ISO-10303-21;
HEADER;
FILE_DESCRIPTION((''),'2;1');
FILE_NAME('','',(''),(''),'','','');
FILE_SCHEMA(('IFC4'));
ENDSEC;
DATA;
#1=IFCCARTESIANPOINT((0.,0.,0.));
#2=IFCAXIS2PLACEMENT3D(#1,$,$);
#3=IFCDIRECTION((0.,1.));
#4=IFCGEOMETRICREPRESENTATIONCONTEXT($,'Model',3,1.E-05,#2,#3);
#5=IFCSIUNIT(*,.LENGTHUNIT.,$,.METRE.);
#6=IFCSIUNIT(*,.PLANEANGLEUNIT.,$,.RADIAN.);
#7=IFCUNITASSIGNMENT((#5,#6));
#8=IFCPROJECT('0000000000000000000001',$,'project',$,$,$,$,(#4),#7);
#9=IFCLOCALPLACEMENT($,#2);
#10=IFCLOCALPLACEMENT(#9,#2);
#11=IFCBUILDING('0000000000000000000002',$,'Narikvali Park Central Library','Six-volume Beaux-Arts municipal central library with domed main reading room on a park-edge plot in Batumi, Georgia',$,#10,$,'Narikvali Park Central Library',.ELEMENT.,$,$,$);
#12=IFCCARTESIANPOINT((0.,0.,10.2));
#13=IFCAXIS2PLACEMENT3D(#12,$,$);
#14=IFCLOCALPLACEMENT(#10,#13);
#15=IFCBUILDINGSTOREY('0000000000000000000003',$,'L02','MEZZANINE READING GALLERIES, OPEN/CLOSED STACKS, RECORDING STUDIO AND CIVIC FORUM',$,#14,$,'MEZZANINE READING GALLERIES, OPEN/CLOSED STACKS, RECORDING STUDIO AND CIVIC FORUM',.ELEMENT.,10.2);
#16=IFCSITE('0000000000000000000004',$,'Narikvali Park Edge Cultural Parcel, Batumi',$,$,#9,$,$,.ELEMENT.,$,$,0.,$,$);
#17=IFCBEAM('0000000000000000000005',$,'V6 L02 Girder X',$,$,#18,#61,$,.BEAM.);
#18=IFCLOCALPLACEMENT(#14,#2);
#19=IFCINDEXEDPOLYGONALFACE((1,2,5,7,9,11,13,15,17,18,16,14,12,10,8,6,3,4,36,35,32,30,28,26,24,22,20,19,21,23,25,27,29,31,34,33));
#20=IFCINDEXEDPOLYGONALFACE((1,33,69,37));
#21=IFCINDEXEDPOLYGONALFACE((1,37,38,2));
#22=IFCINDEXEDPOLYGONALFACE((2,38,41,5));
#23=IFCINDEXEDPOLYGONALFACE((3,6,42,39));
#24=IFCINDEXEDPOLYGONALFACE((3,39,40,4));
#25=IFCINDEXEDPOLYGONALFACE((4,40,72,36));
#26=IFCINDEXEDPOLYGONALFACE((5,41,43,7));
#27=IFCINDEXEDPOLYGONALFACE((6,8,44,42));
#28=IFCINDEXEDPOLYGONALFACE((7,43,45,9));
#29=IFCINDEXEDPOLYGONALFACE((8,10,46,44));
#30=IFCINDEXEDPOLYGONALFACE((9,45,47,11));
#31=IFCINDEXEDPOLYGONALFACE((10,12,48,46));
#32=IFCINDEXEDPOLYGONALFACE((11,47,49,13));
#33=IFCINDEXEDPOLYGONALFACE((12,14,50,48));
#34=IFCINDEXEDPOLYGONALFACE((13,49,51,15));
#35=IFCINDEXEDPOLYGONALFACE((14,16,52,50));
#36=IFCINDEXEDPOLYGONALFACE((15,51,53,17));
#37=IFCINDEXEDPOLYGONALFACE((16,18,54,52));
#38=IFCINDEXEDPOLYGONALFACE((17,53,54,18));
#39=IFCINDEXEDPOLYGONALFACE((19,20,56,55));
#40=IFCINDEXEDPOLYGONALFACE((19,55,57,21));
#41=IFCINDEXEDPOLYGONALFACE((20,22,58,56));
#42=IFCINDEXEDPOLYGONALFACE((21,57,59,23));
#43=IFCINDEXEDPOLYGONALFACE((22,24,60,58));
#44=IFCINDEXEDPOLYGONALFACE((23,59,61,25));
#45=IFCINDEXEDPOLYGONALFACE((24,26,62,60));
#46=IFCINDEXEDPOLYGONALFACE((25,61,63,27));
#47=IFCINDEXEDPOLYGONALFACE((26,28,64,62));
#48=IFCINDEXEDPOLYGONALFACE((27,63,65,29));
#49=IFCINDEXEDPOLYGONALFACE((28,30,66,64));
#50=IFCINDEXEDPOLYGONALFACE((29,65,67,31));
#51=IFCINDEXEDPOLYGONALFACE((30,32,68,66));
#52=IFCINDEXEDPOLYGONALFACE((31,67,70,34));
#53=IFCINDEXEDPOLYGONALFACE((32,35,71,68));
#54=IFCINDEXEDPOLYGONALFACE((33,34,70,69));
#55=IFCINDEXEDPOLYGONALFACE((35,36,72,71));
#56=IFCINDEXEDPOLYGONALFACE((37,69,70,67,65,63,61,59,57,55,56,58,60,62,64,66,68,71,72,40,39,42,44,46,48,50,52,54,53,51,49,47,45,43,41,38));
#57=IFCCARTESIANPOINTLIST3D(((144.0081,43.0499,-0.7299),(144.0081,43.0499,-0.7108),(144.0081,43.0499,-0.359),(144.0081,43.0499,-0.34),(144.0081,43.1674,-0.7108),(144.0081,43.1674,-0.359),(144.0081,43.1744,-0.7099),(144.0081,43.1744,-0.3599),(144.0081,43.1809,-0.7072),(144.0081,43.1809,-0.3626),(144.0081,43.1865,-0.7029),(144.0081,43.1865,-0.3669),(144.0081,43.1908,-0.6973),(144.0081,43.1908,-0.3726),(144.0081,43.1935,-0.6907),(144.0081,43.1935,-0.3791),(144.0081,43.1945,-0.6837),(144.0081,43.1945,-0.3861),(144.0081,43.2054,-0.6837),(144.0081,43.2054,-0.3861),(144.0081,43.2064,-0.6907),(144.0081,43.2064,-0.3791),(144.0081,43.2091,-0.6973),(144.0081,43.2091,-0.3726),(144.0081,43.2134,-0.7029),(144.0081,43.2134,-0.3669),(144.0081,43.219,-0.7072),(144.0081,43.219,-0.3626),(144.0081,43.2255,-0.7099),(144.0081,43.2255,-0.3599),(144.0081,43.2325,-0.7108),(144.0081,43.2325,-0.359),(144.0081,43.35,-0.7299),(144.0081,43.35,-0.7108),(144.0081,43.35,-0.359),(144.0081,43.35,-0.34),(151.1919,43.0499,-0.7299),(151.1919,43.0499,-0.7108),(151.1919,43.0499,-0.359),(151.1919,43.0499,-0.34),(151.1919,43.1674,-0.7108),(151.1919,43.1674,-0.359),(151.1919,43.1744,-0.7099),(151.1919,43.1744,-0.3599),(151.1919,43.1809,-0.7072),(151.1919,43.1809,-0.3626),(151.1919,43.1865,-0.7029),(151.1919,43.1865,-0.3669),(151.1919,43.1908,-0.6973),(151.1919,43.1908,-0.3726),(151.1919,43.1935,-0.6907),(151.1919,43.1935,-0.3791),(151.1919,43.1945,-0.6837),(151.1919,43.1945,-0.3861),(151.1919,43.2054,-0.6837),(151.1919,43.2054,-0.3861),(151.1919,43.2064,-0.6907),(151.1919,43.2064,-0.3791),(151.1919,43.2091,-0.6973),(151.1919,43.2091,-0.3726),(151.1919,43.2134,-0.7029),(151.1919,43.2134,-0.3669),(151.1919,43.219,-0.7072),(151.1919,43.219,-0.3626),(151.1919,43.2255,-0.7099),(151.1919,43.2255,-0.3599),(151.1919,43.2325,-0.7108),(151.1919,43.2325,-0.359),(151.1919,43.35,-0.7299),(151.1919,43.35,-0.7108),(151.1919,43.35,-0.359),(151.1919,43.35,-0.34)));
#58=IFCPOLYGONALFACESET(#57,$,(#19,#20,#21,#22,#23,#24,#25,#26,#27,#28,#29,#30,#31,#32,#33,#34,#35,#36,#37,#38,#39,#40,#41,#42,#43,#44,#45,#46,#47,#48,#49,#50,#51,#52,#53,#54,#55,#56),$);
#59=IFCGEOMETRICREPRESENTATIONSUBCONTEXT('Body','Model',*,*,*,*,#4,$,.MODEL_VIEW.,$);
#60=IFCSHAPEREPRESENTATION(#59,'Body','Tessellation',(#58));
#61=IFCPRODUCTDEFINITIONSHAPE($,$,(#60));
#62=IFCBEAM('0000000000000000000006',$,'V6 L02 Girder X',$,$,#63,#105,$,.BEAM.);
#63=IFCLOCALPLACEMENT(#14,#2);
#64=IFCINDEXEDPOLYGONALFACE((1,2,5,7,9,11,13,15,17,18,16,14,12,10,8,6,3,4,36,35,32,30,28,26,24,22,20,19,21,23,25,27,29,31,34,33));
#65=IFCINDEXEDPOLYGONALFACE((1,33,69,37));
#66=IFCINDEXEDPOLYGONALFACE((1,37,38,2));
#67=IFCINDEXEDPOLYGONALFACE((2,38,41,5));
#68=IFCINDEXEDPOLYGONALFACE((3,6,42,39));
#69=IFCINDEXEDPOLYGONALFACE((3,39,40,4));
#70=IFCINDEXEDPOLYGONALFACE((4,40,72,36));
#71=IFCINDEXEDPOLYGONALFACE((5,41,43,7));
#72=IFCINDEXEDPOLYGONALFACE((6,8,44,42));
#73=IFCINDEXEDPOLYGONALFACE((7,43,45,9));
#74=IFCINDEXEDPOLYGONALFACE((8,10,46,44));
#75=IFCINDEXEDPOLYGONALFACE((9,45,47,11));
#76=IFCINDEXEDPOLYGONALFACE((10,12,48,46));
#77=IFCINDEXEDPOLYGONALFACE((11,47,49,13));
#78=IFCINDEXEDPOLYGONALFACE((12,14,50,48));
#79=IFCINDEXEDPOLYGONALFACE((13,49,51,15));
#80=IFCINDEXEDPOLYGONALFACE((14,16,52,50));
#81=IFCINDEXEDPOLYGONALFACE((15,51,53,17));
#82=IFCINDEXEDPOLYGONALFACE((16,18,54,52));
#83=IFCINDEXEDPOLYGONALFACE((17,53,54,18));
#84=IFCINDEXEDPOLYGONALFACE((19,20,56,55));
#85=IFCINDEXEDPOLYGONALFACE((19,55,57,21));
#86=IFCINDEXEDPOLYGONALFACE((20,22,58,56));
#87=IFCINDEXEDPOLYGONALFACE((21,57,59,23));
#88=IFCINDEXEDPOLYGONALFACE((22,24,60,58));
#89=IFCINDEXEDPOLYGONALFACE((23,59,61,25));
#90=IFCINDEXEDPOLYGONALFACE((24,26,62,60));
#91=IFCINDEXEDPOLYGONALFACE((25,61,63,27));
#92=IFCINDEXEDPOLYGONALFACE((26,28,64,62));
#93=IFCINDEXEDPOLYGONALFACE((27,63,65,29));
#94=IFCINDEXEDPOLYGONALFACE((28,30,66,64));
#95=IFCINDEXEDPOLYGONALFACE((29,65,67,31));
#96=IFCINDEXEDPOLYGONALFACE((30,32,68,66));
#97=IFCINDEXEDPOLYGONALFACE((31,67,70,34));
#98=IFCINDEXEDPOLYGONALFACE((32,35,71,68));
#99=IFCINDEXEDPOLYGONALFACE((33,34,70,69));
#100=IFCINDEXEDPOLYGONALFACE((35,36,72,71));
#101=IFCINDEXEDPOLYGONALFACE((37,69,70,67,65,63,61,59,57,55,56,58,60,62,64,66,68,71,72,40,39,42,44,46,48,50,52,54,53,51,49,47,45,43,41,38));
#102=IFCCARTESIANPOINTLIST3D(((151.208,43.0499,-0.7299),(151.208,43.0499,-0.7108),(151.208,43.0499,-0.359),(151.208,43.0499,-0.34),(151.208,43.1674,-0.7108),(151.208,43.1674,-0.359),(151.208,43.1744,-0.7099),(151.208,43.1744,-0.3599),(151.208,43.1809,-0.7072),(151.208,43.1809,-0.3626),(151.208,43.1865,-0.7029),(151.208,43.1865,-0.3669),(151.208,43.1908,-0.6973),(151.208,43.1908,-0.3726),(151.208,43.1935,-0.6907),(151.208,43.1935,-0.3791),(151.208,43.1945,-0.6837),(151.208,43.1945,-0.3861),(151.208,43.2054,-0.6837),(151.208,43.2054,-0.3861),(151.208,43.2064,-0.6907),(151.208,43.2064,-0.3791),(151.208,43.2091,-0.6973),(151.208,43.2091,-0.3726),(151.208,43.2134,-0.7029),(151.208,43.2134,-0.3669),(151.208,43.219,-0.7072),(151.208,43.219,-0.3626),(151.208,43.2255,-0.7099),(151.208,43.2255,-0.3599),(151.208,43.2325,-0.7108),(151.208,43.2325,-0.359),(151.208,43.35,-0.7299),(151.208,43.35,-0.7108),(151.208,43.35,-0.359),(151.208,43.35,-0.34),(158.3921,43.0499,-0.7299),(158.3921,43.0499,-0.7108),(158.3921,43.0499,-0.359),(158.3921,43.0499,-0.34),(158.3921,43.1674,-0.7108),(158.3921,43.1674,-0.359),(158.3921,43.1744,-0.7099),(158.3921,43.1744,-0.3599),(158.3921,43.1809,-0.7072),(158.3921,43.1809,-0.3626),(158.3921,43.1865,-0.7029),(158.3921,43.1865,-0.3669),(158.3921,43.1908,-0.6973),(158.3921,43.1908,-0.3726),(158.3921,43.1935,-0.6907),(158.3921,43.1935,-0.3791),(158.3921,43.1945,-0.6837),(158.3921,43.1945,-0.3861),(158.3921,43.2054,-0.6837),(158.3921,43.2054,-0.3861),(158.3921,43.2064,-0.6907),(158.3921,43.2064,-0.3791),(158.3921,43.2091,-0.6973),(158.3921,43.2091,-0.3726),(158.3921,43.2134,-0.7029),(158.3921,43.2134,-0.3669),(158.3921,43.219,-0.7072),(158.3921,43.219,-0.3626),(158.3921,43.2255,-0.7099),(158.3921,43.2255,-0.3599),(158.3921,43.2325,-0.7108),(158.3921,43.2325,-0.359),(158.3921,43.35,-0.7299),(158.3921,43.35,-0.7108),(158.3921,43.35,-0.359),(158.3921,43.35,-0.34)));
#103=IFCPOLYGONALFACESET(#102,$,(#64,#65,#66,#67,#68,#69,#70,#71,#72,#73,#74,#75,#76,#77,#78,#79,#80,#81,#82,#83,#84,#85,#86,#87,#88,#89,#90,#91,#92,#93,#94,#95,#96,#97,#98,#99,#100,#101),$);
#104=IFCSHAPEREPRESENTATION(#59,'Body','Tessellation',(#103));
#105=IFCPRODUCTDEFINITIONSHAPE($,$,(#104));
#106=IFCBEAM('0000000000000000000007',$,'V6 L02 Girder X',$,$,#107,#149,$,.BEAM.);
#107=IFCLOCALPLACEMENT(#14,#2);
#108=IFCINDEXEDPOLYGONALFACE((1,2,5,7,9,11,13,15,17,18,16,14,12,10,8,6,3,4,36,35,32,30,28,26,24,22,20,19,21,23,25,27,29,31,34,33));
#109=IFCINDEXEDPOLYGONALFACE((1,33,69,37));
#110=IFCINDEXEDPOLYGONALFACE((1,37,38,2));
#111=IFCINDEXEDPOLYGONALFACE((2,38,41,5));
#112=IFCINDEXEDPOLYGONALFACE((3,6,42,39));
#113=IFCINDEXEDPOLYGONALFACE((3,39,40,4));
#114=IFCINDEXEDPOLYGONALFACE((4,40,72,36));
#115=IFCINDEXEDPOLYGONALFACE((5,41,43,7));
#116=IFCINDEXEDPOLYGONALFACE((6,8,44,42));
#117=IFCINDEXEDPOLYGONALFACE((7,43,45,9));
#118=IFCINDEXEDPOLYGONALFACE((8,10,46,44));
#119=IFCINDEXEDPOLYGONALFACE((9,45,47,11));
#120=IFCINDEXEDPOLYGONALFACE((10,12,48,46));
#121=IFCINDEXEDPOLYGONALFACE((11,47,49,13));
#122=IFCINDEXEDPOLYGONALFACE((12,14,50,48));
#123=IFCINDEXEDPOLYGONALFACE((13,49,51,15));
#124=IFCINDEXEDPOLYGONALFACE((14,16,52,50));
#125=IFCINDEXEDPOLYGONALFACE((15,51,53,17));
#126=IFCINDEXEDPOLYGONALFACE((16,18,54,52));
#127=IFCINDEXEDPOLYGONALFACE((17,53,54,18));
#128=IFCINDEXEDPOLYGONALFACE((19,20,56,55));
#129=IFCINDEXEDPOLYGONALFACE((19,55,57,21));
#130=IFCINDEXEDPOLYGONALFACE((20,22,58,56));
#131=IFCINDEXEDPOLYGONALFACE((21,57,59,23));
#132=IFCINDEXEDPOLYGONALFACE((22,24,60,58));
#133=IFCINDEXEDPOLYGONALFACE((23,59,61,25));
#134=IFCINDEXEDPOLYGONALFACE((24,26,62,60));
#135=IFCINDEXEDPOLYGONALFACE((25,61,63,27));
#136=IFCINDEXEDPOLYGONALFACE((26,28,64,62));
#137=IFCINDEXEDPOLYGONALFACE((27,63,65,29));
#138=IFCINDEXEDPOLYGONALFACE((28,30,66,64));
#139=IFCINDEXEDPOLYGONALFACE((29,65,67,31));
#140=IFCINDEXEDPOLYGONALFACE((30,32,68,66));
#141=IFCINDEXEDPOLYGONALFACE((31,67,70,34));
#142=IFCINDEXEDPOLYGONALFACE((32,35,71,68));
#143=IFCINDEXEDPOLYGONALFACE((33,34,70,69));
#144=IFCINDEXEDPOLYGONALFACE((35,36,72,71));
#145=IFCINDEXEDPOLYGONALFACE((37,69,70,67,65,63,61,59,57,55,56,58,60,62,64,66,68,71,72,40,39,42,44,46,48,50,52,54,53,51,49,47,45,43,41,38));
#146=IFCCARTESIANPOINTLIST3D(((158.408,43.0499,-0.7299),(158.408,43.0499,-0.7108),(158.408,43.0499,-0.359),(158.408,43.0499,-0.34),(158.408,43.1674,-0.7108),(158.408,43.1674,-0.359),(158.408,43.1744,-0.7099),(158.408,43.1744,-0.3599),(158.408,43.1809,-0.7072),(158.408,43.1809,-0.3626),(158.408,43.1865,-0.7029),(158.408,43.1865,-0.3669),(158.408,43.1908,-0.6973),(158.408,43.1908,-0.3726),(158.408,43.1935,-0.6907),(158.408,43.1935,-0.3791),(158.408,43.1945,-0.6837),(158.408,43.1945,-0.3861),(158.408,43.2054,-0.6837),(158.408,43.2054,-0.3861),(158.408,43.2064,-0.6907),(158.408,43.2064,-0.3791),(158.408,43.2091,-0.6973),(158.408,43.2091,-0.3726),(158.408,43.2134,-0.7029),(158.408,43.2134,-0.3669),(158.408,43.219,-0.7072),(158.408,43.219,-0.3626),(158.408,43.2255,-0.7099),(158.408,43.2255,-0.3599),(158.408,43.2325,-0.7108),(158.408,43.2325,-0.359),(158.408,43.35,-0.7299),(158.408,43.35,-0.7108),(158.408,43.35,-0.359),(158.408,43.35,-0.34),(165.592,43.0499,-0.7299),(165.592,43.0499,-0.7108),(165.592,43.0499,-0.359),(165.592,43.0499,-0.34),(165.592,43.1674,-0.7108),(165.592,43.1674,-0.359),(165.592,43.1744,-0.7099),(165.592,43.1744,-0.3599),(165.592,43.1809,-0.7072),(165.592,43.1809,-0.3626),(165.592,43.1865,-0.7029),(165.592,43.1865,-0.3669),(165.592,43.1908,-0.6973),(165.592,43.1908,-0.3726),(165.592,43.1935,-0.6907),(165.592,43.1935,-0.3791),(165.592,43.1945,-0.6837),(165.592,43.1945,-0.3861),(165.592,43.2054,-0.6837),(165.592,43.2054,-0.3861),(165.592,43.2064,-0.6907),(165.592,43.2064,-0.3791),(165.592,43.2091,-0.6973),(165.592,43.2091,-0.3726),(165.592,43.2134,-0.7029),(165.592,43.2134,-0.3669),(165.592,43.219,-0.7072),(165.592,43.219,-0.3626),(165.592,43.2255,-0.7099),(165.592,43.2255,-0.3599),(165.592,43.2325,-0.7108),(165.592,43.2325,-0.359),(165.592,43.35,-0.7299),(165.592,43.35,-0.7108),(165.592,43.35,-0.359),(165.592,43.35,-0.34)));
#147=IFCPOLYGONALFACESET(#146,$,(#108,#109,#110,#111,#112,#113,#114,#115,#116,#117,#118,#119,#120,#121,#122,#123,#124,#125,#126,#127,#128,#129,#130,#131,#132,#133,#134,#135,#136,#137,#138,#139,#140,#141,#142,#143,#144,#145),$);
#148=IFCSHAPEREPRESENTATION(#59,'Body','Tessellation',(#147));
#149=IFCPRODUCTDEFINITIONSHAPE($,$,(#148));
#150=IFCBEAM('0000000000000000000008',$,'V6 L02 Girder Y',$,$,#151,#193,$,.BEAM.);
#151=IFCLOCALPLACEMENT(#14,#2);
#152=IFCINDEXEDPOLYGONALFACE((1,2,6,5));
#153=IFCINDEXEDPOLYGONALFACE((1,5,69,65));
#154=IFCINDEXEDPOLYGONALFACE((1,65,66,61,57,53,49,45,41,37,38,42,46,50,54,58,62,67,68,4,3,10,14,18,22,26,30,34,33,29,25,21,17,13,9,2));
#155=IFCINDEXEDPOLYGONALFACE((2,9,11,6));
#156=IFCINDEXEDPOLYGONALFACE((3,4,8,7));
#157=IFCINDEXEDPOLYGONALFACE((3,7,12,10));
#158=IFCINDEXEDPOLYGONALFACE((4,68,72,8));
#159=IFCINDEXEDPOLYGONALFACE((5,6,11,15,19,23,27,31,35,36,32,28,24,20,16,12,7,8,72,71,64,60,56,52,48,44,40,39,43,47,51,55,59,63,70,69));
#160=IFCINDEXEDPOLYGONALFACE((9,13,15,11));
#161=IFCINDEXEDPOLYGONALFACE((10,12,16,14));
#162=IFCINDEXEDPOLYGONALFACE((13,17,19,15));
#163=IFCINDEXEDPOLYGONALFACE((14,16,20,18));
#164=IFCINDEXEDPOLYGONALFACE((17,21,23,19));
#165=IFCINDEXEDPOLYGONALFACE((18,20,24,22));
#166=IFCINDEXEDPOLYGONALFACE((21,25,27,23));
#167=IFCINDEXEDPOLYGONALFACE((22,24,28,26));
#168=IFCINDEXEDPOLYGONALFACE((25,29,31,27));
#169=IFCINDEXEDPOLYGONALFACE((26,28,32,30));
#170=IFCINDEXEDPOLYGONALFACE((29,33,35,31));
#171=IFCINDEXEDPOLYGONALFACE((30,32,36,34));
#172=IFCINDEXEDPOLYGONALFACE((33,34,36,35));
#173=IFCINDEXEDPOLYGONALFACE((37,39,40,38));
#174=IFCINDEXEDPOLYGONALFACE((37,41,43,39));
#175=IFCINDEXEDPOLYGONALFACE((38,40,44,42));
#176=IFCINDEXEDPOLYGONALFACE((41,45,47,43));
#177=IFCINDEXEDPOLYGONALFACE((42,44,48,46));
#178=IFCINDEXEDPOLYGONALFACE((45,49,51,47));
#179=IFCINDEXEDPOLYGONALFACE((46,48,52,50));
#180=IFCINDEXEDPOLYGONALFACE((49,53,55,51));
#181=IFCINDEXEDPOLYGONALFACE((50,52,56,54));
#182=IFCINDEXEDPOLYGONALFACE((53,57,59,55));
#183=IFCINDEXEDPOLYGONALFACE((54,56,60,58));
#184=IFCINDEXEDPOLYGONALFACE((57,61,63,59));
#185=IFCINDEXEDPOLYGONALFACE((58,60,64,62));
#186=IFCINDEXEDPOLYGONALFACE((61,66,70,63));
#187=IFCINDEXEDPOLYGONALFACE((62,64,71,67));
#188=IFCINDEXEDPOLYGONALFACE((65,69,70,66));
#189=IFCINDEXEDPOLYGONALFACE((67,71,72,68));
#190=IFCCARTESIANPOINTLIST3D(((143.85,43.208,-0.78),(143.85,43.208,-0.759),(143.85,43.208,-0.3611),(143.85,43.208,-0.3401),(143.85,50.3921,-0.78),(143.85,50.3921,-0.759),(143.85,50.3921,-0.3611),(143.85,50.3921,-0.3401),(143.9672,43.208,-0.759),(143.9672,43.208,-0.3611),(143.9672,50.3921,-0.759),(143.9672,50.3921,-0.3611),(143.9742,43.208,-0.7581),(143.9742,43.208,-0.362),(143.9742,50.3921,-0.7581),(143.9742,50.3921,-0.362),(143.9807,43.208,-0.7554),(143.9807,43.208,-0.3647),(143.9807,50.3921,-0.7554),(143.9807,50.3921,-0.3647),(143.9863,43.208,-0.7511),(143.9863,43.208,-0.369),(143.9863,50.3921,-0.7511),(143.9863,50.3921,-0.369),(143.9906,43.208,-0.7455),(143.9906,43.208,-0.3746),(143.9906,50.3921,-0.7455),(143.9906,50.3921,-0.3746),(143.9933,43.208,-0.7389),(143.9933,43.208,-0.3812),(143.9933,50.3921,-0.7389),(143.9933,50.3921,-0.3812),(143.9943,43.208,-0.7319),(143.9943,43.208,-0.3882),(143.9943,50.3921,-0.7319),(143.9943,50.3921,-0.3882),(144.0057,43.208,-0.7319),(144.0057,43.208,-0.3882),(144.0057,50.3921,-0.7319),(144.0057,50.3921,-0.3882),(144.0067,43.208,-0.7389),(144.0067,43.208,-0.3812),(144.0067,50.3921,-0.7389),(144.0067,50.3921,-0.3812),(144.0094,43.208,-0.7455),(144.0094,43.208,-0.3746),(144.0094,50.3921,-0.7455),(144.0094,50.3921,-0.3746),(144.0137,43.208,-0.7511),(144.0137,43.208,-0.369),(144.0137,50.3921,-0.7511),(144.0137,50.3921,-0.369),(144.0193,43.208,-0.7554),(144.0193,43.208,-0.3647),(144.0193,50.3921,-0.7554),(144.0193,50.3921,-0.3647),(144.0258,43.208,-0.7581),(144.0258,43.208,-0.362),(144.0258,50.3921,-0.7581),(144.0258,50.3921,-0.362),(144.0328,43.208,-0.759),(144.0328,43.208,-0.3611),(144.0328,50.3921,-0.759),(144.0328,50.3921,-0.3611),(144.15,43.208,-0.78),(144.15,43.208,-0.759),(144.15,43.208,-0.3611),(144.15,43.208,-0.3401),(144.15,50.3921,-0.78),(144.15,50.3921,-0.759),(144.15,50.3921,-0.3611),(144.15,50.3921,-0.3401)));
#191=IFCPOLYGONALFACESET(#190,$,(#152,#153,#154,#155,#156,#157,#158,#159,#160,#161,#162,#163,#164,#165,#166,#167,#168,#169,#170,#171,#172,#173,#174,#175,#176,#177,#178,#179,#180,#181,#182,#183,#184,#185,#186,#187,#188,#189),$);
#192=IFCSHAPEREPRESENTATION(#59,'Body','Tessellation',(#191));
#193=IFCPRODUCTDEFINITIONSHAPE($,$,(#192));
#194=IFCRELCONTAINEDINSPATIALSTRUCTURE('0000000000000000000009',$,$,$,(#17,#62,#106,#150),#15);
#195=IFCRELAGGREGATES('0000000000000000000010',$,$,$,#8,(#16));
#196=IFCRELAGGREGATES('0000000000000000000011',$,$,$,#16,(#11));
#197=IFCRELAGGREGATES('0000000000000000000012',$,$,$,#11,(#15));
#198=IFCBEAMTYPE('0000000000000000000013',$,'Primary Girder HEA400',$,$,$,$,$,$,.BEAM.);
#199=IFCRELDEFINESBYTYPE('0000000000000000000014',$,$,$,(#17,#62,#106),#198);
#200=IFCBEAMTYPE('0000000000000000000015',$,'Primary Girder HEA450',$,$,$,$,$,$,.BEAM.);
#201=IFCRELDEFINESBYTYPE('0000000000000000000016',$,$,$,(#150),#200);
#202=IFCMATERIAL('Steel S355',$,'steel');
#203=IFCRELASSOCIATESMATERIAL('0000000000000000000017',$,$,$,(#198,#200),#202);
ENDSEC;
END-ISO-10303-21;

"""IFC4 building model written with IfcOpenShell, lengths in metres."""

from ifc_helpers import new_model, si_unit, direction, frame, origin, origin_2d, place, context, subcontext, project, spatial, i_section, extrude, material, material_profile, profile_set, type_object, element, save


model = new_model("IFC4")

# Units and contexts
model_context = context("Model", 3, precision=1e-05, world=origin(), true_north=direction((0.0, 1.0)))
body_context = subcontext(model_context, "Body", "Model", "MODEL_VIEW")
ifc_project = project(units=[si_unit("LENGTHUNIT", "METRE"), si_unit("PLANEANGLEUNIT", "RADIAN")], contexts=[model_context])

# Site, building, storey
site_placement = place(None, origin())
site = spatial("IfcSite", under=ifc_project, at=site_placement, Name="Narikvali Park Edge Cultural Parcel, Batumi", CompositionType="ELEMENT", RefElevation=0.0)
building_placement = place(site_placement, origin())
building = spatial("IfcBuilding", under=site, at=building_placement, Name="Narikvali Park Central Library", Description="Six-volume Beaux-Arts municipal central library with domed main reading room on a park-edge plot in Batumi, Georgia", LongName="Narikvali Park Central Library", CompositionType="ELEMENT")
storey_placement = place(building_placement, frame((0.0, 0.0, 10.2)))
storey = spatial("IfcBuildingStorey", under=building, at=storey_placement, Name="L02", Description="MEZZANINE READING GALLERIES, OPEN/CLOSED STACKS, RECORDING STUDIO AND CIVIC FORUM", LongName="MEZZANINE READING GALLERIES, OPEN/CLOSED STACKS, RECORDING STUDIO AND CIVIC FORUM", CompositionType="ELEMENT", Elevation=10.2)

# Beams
ifc_material_1 = material(Name="Steel S355", Category="steel")
ifc_material_profile_1 = material_profile(ifc_material_1, i_section(OverallWidth=0.3, OverallDepth=0.3899, WebThickness=0.011, FlangeThickness=0.019, FilletRadius=0.0271, at=origin_2d()), Name="HEA 400")
ifc_profile_set_1 = profile_set([ifc_material_profile_1], Name="Steel S355")
beam_type_1 = type_object("IfcBeamType", Name="Primary Girder HEA400", PredefinedType="BEAM", material=ifc_profile_set_1)
beam_1_placement = place(storey_placement, frame((144.0081, 43.2, -0.5349), z_axis=(1.0, 0.0, 0.0), x_axis=(0.0, 1.0, 0.0)))
element("IfcBeam", 1, at=beam_1_placement, inside=storey, type_object=beam_type_1, Name="V6 L02 Girder X", PredefinedType="BEAM", context=body_context, shape_type="SweptSolid", body=[
    extrude(i_section(OverallWidth=0.3, OverallDepth=0.3899, WebThickness=0.011, FlangeThickness=0.019, FilletRadius=0.0271, at=origin_2d()), origin(), (0.0, 0.0, 1.0), 7.1838),
])
for number, where, z_axis, x_axis, name in (
    (2, (151.208, 43.2, -0.5349), (1.0, 0.0, 0.0), (0.0, 1.0, 0.0), "V6 L02 Girder X"),
    (3, (158.408, 43.2, -0.5349), (1.0, 0.0, 0.0), (0.0, 1.0, 0.0), "V6 L02 Girder X"),
):
    element("IfcBeam", number, at=place(storey_placement, frame(where, z_axis=z_axis, x_axis=x_axis)), inside=storey, type_object=beam_type_1, Name=name, PredefinedType="BEAM", context=body_context, shape_type="SweptSolid", body=[
        extrude(i_section(OverallWidth=0.3, OverallDepth=0.3899, WebThickness=0.011, FlangeThickness=0.019, FilletRadius=0.0271, at=origin_2d()), origin(), (0.0, 0.0, 1.0), 7.1841),
    ])
ifc_material_profile_2 = material_profile(ifc_material_1, i_section(OverallWidth=0.3, OverallDepth=0.4399, WebThickness=0.0115, FlangeThickness=0.021, FilletRadius=0.0271, at=origin_2d()), Name="HEA 450")
ifc_profile_set_2 = profile_set([ifc_material_profile_2], Name="Steel S355")
beam_type_2 = type_object("IfcBeamType", Name="Primary Girder HEA450", PredefinedType="BEAM", material=ifc_profile_set_2)
for number, where, z_axis, x_axis, name in (
    (4, (144.0, 43.208, -0.5601), (0.0, 1.0, 0.0), (-1.0, 0.0, 0.0), "V6 L02 Girder Y"),
):
    element("IfcBeam", number, at=place(storey_placement, frame(where, z_axis=z_axis, x_axis=x_axis)), inside=storey, type_object=beam_type_2, Name=name, PredefinedType="BEAM", context=body_context, shape_type="SweptSolid", body=[
        extrude(i_section(OverallWidth=0.3, OverallDepth=0.4399, WebThickness=0.0115, FlangeThickness=0.021, FilletRadius=0.0271, at=origin_2d()), origin(), (0.0, 0.0, 1.0), 7.1841),
    ])

save(model, "model.ifc")
